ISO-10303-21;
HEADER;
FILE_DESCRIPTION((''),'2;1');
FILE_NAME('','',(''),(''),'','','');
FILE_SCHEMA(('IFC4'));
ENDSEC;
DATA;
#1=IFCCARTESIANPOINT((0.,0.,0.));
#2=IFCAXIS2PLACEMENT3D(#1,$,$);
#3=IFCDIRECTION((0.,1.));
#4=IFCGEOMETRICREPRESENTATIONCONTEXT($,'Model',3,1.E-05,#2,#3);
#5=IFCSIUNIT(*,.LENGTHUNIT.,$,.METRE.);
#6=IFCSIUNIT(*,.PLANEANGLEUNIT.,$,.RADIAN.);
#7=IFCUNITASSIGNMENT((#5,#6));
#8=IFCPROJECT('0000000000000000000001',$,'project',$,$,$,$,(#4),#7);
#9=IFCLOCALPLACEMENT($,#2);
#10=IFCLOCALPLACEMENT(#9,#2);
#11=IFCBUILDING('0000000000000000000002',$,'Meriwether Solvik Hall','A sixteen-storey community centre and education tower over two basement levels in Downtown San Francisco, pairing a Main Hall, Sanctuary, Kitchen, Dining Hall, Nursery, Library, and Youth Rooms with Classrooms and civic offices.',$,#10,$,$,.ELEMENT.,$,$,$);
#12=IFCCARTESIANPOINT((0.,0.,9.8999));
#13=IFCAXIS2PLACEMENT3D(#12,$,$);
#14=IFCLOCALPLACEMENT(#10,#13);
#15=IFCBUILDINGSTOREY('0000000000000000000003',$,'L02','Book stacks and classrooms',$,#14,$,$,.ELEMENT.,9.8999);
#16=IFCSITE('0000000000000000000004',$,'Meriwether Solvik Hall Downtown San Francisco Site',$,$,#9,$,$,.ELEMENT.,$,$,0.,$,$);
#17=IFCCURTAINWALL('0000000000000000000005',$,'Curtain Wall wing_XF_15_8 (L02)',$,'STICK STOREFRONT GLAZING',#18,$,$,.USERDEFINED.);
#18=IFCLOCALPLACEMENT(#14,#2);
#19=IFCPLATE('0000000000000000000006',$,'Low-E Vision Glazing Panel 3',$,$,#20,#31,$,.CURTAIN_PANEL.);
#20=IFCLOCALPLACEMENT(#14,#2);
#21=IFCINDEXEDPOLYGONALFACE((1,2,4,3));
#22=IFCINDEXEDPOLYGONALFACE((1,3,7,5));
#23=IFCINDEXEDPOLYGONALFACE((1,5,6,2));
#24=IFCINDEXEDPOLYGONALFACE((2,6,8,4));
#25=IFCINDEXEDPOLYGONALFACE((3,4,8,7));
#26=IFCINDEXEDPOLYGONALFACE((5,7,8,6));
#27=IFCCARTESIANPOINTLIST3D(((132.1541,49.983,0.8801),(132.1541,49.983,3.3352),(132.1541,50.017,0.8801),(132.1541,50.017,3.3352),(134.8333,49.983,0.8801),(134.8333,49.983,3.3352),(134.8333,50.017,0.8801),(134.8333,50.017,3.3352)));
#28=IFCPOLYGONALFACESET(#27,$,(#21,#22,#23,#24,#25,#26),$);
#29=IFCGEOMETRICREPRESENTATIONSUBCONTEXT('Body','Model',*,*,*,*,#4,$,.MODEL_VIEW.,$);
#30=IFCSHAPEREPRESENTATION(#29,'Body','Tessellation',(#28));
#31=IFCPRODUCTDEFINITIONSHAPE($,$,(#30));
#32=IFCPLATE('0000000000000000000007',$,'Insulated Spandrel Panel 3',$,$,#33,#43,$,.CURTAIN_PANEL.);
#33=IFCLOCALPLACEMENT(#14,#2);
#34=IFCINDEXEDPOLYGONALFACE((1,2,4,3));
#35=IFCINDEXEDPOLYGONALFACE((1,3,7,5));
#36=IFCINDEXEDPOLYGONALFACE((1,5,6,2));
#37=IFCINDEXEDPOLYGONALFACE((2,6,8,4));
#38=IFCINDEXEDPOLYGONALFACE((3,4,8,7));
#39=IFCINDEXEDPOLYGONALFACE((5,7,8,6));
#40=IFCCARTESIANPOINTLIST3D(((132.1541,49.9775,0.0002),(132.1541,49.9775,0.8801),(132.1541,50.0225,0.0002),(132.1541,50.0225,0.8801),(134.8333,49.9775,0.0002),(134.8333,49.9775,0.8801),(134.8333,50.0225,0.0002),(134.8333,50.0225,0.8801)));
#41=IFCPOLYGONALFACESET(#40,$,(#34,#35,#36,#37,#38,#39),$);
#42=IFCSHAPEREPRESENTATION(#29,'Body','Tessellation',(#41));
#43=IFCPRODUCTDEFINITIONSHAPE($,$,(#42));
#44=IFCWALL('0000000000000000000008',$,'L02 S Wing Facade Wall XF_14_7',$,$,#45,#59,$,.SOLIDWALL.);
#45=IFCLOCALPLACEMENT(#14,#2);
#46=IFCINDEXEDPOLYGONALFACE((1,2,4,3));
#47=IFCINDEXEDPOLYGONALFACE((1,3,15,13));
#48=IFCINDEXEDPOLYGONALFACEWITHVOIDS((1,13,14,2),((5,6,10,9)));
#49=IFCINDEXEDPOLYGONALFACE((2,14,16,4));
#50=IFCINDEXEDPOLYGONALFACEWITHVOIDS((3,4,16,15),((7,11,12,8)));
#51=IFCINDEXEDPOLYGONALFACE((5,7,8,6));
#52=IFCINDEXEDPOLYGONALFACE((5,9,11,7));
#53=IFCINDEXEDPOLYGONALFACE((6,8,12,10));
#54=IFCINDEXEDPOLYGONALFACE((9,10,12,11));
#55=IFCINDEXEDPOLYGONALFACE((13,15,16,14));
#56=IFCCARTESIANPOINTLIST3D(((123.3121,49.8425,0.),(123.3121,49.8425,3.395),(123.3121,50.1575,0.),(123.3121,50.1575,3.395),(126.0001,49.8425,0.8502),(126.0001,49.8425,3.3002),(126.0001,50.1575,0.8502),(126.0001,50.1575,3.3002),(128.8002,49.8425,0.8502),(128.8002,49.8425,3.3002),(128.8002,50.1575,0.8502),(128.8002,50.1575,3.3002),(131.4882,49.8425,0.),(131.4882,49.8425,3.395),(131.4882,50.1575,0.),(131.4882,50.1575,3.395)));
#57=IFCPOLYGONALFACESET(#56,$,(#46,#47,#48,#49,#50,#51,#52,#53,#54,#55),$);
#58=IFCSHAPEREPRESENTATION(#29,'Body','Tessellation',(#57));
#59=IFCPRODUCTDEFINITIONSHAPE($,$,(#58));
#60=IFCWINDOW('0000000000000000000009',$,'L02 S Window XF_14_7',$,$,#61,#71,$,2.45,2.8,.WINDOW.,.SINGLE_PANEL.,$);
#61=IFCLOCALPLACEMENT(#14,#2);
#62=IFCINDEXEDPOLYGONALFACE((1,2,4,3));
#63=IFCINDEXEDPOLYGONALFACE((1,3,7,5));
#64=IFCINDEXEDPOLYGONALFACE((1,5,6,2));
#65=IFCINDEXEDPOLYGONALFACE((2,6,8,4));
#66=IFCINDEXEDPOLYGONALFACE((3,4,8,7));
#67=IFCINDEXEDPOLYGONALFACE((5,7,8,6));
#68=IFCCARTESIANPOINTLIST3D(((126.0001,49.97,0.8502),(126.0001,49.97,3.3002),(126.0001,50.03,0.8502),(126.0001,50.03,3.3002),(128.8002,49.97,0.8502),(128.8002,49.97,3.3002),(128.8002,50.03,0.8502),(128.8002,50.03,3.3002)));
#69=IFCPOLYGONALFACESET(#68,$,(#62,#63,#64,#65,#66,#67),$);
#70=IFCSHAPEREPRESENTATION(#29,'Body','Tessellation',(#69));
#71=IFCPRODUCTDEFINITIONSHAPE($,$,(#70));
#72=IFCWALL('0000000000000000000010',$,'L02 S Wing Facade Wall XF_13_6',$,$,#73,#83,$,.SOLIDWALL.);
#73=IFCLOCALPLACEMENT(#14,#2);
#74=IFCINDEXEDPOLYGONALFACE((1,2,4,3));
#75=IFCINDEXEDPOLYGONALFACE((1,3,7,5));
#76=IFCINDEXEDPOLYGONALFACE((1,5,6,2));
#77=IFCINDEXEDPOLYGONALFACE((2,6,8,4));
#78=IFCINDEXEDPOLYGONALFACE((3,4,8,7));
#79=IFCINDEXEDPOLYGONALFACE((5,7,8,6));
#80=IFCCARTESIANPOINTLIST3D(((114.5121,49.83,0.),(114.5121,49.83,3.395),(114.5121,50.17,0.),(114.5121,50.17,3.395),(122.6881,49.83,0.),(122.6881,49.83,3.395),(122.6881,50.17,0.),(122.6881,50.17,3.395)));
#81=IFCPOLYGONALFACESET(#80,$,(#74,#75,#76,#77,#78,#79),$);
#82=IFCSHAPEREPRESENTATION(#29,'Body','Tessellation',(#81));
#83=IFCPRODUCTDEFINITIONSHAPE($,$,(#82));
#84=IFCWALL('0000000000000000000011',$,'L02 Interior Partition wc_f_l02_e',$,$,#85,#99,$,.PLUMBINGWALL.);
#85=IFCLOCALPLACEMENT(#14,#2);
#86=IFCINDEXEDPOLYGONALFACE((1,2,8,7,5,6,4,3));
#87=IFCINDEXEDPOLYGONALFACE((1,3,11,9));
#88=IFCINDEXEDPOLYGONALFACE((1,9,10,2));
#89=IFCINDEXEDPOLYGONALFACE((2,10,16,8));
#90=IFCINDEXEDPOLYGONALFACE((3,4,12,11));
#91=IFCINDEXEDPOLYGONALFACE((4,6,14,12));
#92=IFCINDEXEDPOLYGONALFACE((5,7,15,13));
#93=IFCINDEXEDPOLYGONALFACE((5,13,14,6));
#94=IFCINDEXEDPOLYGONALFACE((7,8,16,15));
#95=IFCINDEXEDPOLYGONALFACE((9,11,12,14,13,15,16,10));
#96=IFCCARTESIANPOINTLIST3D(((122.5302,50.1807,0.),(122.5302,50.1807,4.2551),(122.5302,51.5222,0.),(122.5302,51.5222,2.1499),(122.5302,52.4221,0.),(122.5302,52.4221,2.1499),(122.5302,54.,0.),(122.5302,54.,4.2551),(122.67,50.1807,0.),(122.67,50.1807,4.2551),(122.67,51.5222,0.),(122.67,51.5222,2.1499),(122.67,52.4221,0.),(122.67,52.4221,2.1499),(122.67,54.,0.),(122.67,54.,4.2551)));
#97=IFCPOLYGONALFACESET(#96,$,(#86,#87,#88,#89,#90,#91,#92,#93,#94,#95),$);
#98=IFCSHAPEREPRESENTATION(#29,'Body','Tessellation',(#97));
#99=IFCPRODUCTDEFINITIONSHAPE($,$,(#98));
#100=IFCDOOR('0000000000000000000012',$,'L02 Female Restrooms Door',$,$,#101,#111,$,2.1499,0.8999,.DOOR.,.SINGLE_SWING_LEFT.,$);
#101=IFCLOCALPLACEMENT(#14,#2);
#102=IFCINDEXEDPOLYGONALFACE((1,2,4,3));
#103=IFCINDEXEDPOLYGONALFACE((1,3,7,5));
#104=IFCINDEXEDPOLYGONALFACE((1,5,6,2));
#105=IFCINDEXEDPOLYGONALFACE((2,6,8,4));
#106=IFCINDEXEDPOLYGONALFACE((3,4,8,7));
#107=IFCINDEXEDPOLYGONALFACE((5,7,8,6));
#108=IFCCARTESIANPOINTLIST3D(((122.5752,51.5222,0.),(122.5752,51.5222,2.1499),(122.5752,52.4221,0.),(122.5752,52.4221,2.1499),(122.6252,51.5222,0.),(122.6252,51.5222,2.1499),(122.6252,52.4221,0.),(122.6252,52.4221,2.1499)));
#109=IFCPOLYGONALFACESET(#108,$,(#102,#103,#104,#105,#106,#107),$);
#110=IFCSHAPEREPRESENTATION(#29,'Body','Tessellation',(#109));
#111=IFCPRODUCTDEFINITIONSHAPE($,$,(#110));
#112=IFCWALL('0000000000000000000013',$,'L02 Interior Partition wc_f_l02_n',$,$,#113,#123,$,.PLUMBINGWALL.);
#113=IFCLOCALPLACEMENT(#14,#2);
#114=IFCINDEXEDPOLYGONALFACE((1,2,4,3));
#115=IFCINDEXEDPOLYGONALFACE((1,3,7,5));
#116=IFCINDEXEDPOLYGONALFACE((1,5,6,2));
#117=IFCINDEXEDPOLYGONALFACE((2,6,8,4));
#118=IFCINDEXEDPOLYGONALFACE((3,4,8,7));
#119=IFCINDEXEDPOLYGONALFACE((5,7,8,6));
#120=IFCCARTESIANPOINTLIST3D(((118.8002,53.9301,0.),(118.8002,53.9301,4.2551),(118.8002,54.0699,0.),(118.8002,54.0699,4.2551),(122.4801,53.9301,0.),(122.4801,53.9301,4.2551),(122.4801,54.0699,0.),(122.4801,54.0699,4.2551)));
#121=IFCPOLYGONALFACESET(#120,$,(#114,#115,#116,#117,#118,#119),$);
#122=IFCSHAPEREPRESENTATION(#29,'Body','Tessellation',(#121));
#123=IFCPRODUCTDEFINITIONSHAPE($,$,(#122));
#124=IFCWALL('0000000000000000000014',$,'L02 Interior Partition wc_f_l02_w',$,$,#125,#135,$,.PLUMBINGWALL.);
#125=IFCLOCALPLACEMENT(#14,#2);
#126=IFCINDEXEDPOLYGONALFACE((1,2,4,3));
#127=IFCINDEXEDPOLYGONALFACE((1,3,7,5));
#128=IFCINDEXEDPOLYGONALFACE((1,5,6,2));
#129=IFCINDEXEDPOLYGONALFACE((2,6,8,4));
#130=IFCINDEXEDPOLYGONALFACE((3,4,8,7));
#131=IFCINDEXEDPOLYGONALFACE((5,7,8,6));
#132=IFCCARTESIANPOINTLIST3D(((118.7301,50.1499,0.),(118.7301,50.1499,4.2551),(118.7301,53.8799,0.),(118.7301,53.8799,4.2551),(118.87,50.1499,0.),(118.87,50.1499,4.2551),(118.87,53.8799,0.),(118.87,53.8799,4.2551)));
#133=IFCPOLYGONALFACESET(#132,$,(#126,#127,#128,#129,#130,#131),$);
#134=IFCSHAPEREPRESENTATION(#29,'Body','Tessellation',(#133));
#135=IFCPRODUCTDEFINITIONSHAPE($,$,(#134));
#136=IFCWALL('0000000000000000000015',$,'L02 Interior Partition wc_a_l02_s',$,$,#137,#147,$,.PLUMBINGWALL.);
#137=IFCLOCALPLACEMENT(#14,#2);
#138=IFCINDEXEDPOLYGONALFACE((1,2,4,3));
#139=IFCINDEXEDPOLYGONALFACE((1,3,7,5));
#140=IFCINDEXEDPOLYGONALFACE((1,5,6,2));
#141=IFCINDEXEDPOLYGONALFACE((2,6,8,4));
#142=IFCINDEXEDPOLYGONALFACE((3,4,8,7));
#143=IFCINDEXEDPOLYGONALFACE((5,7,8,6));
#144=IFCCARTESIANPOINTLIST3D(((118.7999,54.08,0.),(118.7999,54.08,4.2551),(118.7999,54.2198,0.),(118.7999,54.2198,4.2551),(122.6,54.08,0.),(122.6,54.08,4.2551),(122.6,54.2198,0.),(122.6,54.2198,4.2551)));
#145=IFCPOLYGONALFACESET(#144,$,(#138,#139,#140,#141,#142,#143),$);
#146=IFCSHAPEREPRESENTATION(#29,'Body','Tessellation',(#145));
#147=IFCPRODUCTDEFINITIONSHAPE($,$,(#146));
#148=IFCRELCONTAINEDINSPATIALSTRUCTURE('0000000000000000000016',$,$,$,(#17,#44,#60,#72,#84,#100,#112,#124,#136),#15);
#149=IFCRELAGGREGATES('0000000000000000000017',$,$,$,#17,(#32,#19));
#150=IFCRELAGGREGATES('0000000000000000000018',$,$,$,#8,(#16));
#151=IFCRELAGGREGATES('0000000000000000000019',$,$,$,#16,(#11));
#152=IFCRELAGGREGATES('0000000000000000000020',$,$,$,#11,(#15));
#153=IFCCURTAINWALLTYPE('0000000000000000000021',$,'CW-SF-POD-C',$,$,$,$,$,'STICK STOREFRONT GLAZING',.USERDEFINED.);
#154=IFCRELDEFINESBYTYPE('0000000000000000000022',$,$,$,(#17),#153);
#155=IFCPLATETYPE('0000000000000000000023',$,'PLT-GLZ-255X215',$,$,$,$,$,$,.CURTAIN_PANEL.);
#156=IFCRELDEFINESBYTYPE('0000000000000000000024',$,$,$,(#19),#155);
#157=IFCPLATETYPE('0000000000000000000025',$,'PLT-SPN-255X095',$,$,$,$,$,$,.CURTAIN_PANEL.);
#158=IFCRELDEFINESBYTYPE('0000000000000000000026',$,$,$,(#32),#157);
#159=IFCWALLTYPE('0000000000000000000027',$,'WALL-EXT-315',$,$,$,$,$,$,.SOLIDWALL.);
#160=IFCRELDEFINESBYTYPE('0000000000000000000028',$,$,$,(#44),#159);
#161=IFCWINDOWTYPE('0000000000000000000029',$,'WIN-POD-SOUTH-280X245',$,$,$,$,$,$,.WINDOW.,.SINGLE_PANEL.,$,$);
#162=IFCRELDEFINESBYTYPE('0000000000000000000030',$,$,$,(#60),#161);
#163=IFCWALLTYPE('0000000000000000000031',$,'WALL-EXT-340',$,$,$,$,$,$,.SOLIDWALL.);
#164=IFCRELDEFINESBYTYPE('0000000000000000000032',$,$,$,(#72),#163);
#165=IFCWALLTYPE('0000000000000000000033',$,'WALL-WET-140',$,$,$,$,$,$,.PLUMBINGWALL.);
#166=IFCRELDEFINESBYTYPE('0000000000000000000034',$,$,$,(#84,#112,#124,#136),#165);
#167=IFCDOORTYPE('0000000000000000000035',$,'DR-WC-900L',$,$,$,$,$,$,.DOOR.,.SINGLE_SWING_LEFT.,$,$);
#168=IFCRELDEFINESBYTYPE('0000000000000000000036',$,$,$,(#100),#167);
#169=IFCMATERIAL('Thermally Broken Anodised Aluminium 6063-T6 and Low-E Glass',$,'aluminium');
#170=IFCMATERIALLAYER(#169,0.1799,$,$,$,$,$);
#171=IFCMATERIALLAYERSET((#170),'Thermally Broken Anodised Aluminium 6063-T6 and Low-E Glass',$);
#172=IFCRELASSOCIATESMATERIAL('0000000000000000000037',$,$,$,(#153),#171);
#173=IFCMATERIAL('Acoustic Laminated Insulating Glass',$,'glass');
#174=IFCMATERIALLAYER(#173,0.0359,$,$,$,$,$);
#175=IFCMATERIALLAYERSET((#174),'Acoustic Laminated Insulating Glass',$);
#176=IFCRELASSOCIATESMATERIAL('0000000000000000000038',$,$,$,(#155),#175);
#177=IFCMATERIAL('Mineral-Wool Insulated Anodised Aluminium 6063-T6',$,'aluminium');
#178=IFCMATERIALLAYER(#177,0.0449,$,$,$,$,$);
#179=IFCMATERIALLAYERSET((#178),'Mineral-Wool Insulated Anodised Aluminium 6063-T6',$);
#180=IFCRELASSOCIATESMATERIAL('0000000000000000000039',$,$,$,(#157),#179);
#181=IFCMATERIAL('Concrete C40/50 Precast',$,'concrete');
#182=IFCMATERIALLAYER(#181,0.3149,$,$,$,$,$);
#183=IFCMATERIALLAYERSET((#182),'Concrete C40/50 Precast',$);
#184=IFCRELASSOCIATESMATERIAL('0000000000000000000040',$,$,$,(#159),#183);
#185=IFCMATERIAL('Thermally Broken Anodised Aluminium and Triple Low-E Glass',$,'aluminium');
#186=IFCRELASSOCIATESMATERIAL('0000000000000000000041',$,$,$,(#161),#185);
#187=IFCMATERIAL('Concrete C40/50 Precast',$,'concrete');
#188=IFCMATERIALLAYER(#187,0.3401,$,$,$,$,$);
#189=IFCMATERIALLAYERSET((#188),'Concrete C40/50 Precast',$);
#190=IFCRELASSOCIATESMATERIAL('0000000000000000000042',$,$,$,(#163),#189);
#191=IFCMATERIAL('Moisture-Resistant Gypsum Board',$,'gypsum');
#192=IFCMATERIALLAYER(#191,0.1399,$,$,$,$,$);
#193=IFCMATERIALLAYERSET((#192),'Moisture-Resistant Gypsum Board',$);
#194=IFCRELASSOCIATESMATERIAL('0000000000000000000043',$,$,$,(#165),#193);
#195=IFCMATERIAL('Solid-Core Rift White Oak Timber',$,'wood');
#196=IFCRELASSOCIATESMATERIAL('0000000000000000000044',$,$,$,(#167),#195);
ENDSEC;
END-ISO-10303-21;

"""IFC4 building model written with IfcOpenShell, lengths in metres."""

from ifc_helpers import new_model, si_unit, direction, frame, frame_2d, origin, origin_2d, place, context, subcontext, project, spatial, rectangle, extrude, material, layer, layer_set, type_object, element, fill, aggregate, save


model = new_model("IFC4")

# Units and contexts
model_context = context("Model", 3, precision=1e-05, world=origin(), true_north=direction((0.0, 1.0)))
body_context = subcontext(model_context, "Body", "Model", "MODEL_VIEW")
ifc_project = project(units=[si_unit("LENGTHUNIT", "METRE"), si_unit("PLANEANGLEUNIT", "RADIAN")], contexts=[model_context])

# Site, building, storey
site_placement = place(None, origin())
site = spatial("IfcSite", under=ifc_project, at=site_placement, Name="Meriwether Solvik Hall Downtown San Francisco Site", CompositionType="ELEMENT", RefElevation=0.0)
building_placement = place(site_placement, origin())
building = spatial("IfcBuilding", under=site, at=building_placement, Name="Meriwether Solvik Hall", Description="A sixteen-storey community centre and education tower over two basement levels in Downtown San Francisco, pairing a Main Hall, Sanctuary, Kitchen, Dining Hall, Nursery, Library, and Youth Rooms with Classrooms and civic offices.", CompositionType="ELEMENT")
storey_placement = place(building_placement, frame((0.0, 0.0, 9.8999)))
storey = spatial("IfcBuildingStorey", under=building, at=storey_placement, Name="L02", Description="Book stacks and classrooms", CompositionType="ELEMENT", Elevation=9.8999)

# Curtain wall, plates
ifc_material_1 = material(Name="Thermally Broken Anodised Aluminium 6063-T6 and Low-E Glass", Category="aluminium")
ifc_layer_1 = layer(ifc_material_1, 0.1799)
ifc_layer_set_1 = layer_set([ifc_layer_1], Name="Thermally Broken Anodised Aluminium 6063-T6 and Low-E Glass")
curtain_wall_type = type_object("IfcCurtainWallType", Name="CW-SF-POD-C", ElementType="STICK STOREFRONT GLAZING", PredefinedType="USERDEFINED", material=ifc_layer_set_1)
curtain_wall_placement = place(storey_placement, origin())
curtain_wall = element("IfcCurtainWall", 1, at=curtain_wall_placement, inside=storey, type_object=curtain_wall_type, Name="Curtain Wall wing_XF_15_8 (L02)", ObjectType="STICK STOREFRONT GLAZING", PredefinedType="USERDEFINED")
ifc_material_2 = material(Name="Acoustic Laminated Insulating Glass", Category="glass")
ifc_layer_2 = layer(ifc_material_2, 0.0359)
ifc_layer_set_2 = layer_set([ifc_layer_2], Name="Acoustic Laminated Insulating Glass")
plate_type_1 = type_object("IfcPlateType", Name="PLT-GLZ-255X215", PredefinedType="CURTAIN_PANEL", material=ifc_layer_set_2)
plate_1_placement = place(storey_placement, frame((133.4937, 50.0, 0.8801), z_axis=(0.0, 0.0, 1.0), x_axis=(-1.0, 0.0, 0.0)))
plate_1 = element("IfcPlate", 2, at=plate_1_placement, type_object=plate_type_1, Name="Low-E Vision Glazing Panel 3", PredefinedType="CURTAIN_PANEL", context=body_context, shape_type="SweptSolid", body=[
    extrude(rectangle(XDim=2.6792, YDim=0.0339, at=origin_2d()), origin(), (0.0, 0.0, 1.0), 2.4551),
])
ifc_material_3 = material(Name="Mineral-Wool Insulated Anodised Aluminium 6063-T6", Category="aluminium")
ifc_layer_3 = layer(ifc_material_3, 0.0449)
ifc_layer_set_3 = layer_set([ifc_layer_3], Name="Mineral-Wool Insulated Anodised Aluminium 6063-T6")
plate_type_2 = type_object("IfcPlateType", Name="PLT-SPN-255X095", PredefinedType="CURTAIN_PANEL", material=ifc_layer_set_3)
plate_2_placement = place(storey_placement, frame((133.4937, 50.0, 0.0002), z_axis=(0.0, 0.0, 1.0), x_axis=(-1.0, 0.0, 0.0)))
plate_2 = element("IfcPlate", 3, at=plate_2_placement, type_object=plate_type_2, Name="Insulated Spandrel Panel 3", PredefinedType="CURTAIN_PANEL", context=body_context, shape_type="SweptSolid", body=[
    extrude(rectangle(XDim=2.6792, YDim=0.0449, at=origin_2d()), origin(), (0.0, 0.0, 1.0), 0.8799),
])
aggregate(curtain_wall, [plate_2, plate_1])

# Wall, opening, window
ifc_material_4 = material(Name="Concrete C40/50 Precast", Category="concrete")
ifc_layer_4 = layer(ifc_material_4, 0.3149)
ifc_layer_set_4 = layer_set([ifc_layer_4], Name="Concrete C40/50 Precast")
wall_type_1 = type_object("IfcWallType", Name="WALL-EXT-315", PredefinedType="SOLIDWALL", material=ifc_layer_set_4)
wall_1_placement = place(storey_placement, frame((131.488, 50.0, 0.0), z_axis=(0.0, 0.0, 1.0), x_axis=(-1.0, 0.0, 0.0)))
wall_1 = element("IfcWall", 4, at=wall_1_placement, inside=storey, type_object=wall_type_1, Name="L02 S Wing Facade Wall XF_14_7", PredefinedType="SOLIDWALL", context=body_context, shape_type="SweptSolid", body=[
    extrude(rectangle(XDim=8.176, YDim=0.3149, at=frame_2d((4.0879, 0.0))), origin(), (0.0, 0.0, 1.0), 3.395),
])
opening_1_placement = place(wall_1_placement, frame((2.688, 0.0, 0.8501)))
opening_1 = element("IfcOpeningElement", 5, at=opening_1_placement, cuts=wall_1, PredefinedType="OPENING", context=body_context, shape_type="SweptSolid", body=[
    extrude(rectangle(XDim=2.8, YDim=2.45, at=frame_2d((1.3999, 1.2251))), frame((0.0, 0.1694, 0.0), z_axis=(0.0, -1.0, 0.0), x_axis=(1.0, 0.0, 0.0)), (0.0, 0.0, 1.0), 0.3389),
])
ifc_material_5 = material(Name="Thermally Broken Anodised Aluminium and Triple Low-E Glass", Category="aluminium")
window_type = type_object("IfcWindowType", Name="WIN-POD-SOUTH-280X245", PartitioningType="SINGLE_PANEL", PredefinedType="WINDOW", material=ifc_material_5)
window_placement = place(opening_1_placement, origin())
window = element("IfcWindow", 6, at=window_placement, inside=storey, type_object=window_type, Name="L02 S Window XF_14_7", OverallHeight=2.45, OverallWidth=2.8, PartitioningType="SINGLE_PANEL", PredefinedType="WINDOW", context=body_context, shape_type="SweptSolid", body=[
    extrude(rectangle(XDim=2.8, YDim=2.45, at=frame_2d((1.3999, 1.2251))), frame((0.0, 0.03, 0.0), z_axis=(0.0, -1.0, 0.0), x_axis=(1.0, 0.0, 0.0)), (0.0, 0.0, 1.0), 0.0601),
])
fill(opening_1, window)

# Wall
ifc_material_6 = material(Name="Concrete C40/50 Precast", Category="concrete")
ifc_layer_5 = layer(ifc_material_6, 0.3401)
ifc_layer_set_5 = layer_set([ifc_layer_5], Name="Concrete C40/50 Precast")
wall_type_2 = type_object("IfcWallType", Name="WALL-EXT-340", PredefinedType="SOLIDWALL", material=ifc_layer_set_5)
wall_2_placement = place(storey_placement, frame((122.688, 50.0, 0.0), z_axis=(0.0, 0.0, 1.0), x_axis=(-1.0, 0.0, 0.0)))
element("IfcWall", 7, at=wall_2_placement, inside=storey, type_object=wall_type_2, Name="L02 S Wing Facade Wall XF_13_6", PredefinedType="SOLIDWALL", context=body_context, shape_type="SweptSolid", body=[
    extrude(rectangle(XDim=8.176, YDim=0.3401, at=frame_2d((4.0879, 0.0))), origin(), (0.0, 0.0, 1.0), 3.395),
])

# Wall, opening, door
ifc_material_7 = material(Name="Moisture-Resistant Gypsum Board", Category="gypsum")
ifc_layer_6 = layer(ifc_material_7, 0.1399)
ifc_layer_set_6 = layer_set([ifc_layer_6], Name="Moisture-Resistant Gypsum Board")
wall_type_3 = type_object("IfcWallType", Name="WALL-WET-140", PredefinedType="PLUMBINGWALL", material=ifc_layer_set_6)
wall_3_placement = place(storey_placement, frame((122.6001, 50.1807, 0.0), z_axis=(0.0, 0.0, 1.0), x_axis=(0.0, 1.0, 0.0)))
wall_3 = element("IfcWall", 8, at=wall_3_placement, inside=storey, type_object=wall_type_3, Name="L02 Interior Partition wc_f_l02_e", PredefinedType="PLUMBINGWALL", context=body_context, shape_type="SweptSolid", body=[
    extrude(rectangle(XDim=3.8193, YDim=0.1399, at=frame_2d((1.9097, 0.0))), origin(), (0.0, 0.0, 1.0), 4.2551),
])
opening_2_placement = place(wall_3_placement, frame((1.3416, 0.0, 0.0)))
opening_2 = element("IfcOpeningElement", 9, at=opening_2_placement, cuts=wall_3, PredefinedType="OPENING", context=body_context, shape_type="SweptSolid", body=[
    extrude(rectangle(XDim=0.8999, YDim=2.1499, at=frame_2d((0.45, 1.075))), frame((0.0, 0.082, 0.0), z_axis=(0.0, -1.0, 0.0), x_axis=(1.0, 0.0, 0.0)), (0.0, 0.0, 1.0), 0.1638),
])
ifc_material_8 = material(Name="Solid-Core Rift White Oak Timber", Category="wood")
door_type_1 = type_object("IfcDoorType", Name="DR-WC-900L", OperationType="SINGLE_SWING_LEFT", PredefinedType="DOOR", material=ifc_material_8)
door_1_placement = place(opening_2_placement, origin())
door_1 = element("IfcDoor", 10, at=door_1_placement, inside=storey, type_object=door_type_1, Name="L02 Female Restrooms Door", OperationType="SINGLE_SWING_LEFT", OverallHeight=2.1499, OverallWidth=0.8999, PredefinedType="DOOR", context=body_context, shape_type="SweptSolid", body=[
    extrude(rectangle(XDim=0.8999, YDim=2.1499, at=frame_2d((0.45, 1.075))), frame((0.0, 0.0249, 0.0), z_axis=(0.0, -1.0, 0.0), x_axis=(1.0, 0.0, 0.0)), (0.0, 0.0, 1.0), 0.05),
])
fill(opening_2, door_1)

# Walls
wall_4_placement = place(storey_placement, frame((122.48, 54.0, 0.0), z_axis=(0.0, 0.0, 1.0), x_axis=(-1.0, 0.0, 0.0)))
element("IfcWall", 11, at=wall_4_placement, inside=storey, type_object=wall_type_3, Name="L02 Interior Partition wc_f_l02_n", PredefinedType="PLUMBINGWALL", context=body_context, shape_type="SweptSolid", body=[
    extrude(rectangle(XDim=3.6799, YDim=0.1399, at=frame_2d((1.8398, 0.0))), origin(), (0.0, 0.0, 1.0), 4.2551),
])
wall_5_placement = place(storey_placement, frame((118.8, 53.8799, 0.0), z_axis=(0.0, 0.0, 1.0), x_axis=(0.0, -1.0, 0.0)))
element("IfcWall", 12, at=wall_5_placement, inside=storey, type_object=wall_type_3, Name="L02 Interior Partition wc_f_l02_w", PredefinedType="PLUMBINGWALL", context=body_context, shape_type="SweptSolid", body=[
    extrude(rectangle(XDim=3.73, YDim=0.1399, at=frame_2d((1.865, 0.0))), origin(), (0.0, 0.0, 1.0), 4.2551),
])
wall_6_placement = place(storey_placement, frame((118.8, 54.1499, 0.0), z_axis=(0.0, 0.0, 1.0), x_axis=(1.0, 0.0, 0.0)))
element("IfcWall", 13, at=wall_6_placement, inside=storey, type_object=wall_type_3, Name="L02 Interior Partition wc_a_l02_s", PredefinedType="PLUMBINGWALL", context=body_context, shape_type="SweptSolid", body=[
    extrude(rectangle(XDim=3.8, YDim=0.1399, at=frame_2d((1.8999, 0.0))), origin(), (0.0, 0.0, 1.0), 4.2551),
])

save(model, "model.ifc")
